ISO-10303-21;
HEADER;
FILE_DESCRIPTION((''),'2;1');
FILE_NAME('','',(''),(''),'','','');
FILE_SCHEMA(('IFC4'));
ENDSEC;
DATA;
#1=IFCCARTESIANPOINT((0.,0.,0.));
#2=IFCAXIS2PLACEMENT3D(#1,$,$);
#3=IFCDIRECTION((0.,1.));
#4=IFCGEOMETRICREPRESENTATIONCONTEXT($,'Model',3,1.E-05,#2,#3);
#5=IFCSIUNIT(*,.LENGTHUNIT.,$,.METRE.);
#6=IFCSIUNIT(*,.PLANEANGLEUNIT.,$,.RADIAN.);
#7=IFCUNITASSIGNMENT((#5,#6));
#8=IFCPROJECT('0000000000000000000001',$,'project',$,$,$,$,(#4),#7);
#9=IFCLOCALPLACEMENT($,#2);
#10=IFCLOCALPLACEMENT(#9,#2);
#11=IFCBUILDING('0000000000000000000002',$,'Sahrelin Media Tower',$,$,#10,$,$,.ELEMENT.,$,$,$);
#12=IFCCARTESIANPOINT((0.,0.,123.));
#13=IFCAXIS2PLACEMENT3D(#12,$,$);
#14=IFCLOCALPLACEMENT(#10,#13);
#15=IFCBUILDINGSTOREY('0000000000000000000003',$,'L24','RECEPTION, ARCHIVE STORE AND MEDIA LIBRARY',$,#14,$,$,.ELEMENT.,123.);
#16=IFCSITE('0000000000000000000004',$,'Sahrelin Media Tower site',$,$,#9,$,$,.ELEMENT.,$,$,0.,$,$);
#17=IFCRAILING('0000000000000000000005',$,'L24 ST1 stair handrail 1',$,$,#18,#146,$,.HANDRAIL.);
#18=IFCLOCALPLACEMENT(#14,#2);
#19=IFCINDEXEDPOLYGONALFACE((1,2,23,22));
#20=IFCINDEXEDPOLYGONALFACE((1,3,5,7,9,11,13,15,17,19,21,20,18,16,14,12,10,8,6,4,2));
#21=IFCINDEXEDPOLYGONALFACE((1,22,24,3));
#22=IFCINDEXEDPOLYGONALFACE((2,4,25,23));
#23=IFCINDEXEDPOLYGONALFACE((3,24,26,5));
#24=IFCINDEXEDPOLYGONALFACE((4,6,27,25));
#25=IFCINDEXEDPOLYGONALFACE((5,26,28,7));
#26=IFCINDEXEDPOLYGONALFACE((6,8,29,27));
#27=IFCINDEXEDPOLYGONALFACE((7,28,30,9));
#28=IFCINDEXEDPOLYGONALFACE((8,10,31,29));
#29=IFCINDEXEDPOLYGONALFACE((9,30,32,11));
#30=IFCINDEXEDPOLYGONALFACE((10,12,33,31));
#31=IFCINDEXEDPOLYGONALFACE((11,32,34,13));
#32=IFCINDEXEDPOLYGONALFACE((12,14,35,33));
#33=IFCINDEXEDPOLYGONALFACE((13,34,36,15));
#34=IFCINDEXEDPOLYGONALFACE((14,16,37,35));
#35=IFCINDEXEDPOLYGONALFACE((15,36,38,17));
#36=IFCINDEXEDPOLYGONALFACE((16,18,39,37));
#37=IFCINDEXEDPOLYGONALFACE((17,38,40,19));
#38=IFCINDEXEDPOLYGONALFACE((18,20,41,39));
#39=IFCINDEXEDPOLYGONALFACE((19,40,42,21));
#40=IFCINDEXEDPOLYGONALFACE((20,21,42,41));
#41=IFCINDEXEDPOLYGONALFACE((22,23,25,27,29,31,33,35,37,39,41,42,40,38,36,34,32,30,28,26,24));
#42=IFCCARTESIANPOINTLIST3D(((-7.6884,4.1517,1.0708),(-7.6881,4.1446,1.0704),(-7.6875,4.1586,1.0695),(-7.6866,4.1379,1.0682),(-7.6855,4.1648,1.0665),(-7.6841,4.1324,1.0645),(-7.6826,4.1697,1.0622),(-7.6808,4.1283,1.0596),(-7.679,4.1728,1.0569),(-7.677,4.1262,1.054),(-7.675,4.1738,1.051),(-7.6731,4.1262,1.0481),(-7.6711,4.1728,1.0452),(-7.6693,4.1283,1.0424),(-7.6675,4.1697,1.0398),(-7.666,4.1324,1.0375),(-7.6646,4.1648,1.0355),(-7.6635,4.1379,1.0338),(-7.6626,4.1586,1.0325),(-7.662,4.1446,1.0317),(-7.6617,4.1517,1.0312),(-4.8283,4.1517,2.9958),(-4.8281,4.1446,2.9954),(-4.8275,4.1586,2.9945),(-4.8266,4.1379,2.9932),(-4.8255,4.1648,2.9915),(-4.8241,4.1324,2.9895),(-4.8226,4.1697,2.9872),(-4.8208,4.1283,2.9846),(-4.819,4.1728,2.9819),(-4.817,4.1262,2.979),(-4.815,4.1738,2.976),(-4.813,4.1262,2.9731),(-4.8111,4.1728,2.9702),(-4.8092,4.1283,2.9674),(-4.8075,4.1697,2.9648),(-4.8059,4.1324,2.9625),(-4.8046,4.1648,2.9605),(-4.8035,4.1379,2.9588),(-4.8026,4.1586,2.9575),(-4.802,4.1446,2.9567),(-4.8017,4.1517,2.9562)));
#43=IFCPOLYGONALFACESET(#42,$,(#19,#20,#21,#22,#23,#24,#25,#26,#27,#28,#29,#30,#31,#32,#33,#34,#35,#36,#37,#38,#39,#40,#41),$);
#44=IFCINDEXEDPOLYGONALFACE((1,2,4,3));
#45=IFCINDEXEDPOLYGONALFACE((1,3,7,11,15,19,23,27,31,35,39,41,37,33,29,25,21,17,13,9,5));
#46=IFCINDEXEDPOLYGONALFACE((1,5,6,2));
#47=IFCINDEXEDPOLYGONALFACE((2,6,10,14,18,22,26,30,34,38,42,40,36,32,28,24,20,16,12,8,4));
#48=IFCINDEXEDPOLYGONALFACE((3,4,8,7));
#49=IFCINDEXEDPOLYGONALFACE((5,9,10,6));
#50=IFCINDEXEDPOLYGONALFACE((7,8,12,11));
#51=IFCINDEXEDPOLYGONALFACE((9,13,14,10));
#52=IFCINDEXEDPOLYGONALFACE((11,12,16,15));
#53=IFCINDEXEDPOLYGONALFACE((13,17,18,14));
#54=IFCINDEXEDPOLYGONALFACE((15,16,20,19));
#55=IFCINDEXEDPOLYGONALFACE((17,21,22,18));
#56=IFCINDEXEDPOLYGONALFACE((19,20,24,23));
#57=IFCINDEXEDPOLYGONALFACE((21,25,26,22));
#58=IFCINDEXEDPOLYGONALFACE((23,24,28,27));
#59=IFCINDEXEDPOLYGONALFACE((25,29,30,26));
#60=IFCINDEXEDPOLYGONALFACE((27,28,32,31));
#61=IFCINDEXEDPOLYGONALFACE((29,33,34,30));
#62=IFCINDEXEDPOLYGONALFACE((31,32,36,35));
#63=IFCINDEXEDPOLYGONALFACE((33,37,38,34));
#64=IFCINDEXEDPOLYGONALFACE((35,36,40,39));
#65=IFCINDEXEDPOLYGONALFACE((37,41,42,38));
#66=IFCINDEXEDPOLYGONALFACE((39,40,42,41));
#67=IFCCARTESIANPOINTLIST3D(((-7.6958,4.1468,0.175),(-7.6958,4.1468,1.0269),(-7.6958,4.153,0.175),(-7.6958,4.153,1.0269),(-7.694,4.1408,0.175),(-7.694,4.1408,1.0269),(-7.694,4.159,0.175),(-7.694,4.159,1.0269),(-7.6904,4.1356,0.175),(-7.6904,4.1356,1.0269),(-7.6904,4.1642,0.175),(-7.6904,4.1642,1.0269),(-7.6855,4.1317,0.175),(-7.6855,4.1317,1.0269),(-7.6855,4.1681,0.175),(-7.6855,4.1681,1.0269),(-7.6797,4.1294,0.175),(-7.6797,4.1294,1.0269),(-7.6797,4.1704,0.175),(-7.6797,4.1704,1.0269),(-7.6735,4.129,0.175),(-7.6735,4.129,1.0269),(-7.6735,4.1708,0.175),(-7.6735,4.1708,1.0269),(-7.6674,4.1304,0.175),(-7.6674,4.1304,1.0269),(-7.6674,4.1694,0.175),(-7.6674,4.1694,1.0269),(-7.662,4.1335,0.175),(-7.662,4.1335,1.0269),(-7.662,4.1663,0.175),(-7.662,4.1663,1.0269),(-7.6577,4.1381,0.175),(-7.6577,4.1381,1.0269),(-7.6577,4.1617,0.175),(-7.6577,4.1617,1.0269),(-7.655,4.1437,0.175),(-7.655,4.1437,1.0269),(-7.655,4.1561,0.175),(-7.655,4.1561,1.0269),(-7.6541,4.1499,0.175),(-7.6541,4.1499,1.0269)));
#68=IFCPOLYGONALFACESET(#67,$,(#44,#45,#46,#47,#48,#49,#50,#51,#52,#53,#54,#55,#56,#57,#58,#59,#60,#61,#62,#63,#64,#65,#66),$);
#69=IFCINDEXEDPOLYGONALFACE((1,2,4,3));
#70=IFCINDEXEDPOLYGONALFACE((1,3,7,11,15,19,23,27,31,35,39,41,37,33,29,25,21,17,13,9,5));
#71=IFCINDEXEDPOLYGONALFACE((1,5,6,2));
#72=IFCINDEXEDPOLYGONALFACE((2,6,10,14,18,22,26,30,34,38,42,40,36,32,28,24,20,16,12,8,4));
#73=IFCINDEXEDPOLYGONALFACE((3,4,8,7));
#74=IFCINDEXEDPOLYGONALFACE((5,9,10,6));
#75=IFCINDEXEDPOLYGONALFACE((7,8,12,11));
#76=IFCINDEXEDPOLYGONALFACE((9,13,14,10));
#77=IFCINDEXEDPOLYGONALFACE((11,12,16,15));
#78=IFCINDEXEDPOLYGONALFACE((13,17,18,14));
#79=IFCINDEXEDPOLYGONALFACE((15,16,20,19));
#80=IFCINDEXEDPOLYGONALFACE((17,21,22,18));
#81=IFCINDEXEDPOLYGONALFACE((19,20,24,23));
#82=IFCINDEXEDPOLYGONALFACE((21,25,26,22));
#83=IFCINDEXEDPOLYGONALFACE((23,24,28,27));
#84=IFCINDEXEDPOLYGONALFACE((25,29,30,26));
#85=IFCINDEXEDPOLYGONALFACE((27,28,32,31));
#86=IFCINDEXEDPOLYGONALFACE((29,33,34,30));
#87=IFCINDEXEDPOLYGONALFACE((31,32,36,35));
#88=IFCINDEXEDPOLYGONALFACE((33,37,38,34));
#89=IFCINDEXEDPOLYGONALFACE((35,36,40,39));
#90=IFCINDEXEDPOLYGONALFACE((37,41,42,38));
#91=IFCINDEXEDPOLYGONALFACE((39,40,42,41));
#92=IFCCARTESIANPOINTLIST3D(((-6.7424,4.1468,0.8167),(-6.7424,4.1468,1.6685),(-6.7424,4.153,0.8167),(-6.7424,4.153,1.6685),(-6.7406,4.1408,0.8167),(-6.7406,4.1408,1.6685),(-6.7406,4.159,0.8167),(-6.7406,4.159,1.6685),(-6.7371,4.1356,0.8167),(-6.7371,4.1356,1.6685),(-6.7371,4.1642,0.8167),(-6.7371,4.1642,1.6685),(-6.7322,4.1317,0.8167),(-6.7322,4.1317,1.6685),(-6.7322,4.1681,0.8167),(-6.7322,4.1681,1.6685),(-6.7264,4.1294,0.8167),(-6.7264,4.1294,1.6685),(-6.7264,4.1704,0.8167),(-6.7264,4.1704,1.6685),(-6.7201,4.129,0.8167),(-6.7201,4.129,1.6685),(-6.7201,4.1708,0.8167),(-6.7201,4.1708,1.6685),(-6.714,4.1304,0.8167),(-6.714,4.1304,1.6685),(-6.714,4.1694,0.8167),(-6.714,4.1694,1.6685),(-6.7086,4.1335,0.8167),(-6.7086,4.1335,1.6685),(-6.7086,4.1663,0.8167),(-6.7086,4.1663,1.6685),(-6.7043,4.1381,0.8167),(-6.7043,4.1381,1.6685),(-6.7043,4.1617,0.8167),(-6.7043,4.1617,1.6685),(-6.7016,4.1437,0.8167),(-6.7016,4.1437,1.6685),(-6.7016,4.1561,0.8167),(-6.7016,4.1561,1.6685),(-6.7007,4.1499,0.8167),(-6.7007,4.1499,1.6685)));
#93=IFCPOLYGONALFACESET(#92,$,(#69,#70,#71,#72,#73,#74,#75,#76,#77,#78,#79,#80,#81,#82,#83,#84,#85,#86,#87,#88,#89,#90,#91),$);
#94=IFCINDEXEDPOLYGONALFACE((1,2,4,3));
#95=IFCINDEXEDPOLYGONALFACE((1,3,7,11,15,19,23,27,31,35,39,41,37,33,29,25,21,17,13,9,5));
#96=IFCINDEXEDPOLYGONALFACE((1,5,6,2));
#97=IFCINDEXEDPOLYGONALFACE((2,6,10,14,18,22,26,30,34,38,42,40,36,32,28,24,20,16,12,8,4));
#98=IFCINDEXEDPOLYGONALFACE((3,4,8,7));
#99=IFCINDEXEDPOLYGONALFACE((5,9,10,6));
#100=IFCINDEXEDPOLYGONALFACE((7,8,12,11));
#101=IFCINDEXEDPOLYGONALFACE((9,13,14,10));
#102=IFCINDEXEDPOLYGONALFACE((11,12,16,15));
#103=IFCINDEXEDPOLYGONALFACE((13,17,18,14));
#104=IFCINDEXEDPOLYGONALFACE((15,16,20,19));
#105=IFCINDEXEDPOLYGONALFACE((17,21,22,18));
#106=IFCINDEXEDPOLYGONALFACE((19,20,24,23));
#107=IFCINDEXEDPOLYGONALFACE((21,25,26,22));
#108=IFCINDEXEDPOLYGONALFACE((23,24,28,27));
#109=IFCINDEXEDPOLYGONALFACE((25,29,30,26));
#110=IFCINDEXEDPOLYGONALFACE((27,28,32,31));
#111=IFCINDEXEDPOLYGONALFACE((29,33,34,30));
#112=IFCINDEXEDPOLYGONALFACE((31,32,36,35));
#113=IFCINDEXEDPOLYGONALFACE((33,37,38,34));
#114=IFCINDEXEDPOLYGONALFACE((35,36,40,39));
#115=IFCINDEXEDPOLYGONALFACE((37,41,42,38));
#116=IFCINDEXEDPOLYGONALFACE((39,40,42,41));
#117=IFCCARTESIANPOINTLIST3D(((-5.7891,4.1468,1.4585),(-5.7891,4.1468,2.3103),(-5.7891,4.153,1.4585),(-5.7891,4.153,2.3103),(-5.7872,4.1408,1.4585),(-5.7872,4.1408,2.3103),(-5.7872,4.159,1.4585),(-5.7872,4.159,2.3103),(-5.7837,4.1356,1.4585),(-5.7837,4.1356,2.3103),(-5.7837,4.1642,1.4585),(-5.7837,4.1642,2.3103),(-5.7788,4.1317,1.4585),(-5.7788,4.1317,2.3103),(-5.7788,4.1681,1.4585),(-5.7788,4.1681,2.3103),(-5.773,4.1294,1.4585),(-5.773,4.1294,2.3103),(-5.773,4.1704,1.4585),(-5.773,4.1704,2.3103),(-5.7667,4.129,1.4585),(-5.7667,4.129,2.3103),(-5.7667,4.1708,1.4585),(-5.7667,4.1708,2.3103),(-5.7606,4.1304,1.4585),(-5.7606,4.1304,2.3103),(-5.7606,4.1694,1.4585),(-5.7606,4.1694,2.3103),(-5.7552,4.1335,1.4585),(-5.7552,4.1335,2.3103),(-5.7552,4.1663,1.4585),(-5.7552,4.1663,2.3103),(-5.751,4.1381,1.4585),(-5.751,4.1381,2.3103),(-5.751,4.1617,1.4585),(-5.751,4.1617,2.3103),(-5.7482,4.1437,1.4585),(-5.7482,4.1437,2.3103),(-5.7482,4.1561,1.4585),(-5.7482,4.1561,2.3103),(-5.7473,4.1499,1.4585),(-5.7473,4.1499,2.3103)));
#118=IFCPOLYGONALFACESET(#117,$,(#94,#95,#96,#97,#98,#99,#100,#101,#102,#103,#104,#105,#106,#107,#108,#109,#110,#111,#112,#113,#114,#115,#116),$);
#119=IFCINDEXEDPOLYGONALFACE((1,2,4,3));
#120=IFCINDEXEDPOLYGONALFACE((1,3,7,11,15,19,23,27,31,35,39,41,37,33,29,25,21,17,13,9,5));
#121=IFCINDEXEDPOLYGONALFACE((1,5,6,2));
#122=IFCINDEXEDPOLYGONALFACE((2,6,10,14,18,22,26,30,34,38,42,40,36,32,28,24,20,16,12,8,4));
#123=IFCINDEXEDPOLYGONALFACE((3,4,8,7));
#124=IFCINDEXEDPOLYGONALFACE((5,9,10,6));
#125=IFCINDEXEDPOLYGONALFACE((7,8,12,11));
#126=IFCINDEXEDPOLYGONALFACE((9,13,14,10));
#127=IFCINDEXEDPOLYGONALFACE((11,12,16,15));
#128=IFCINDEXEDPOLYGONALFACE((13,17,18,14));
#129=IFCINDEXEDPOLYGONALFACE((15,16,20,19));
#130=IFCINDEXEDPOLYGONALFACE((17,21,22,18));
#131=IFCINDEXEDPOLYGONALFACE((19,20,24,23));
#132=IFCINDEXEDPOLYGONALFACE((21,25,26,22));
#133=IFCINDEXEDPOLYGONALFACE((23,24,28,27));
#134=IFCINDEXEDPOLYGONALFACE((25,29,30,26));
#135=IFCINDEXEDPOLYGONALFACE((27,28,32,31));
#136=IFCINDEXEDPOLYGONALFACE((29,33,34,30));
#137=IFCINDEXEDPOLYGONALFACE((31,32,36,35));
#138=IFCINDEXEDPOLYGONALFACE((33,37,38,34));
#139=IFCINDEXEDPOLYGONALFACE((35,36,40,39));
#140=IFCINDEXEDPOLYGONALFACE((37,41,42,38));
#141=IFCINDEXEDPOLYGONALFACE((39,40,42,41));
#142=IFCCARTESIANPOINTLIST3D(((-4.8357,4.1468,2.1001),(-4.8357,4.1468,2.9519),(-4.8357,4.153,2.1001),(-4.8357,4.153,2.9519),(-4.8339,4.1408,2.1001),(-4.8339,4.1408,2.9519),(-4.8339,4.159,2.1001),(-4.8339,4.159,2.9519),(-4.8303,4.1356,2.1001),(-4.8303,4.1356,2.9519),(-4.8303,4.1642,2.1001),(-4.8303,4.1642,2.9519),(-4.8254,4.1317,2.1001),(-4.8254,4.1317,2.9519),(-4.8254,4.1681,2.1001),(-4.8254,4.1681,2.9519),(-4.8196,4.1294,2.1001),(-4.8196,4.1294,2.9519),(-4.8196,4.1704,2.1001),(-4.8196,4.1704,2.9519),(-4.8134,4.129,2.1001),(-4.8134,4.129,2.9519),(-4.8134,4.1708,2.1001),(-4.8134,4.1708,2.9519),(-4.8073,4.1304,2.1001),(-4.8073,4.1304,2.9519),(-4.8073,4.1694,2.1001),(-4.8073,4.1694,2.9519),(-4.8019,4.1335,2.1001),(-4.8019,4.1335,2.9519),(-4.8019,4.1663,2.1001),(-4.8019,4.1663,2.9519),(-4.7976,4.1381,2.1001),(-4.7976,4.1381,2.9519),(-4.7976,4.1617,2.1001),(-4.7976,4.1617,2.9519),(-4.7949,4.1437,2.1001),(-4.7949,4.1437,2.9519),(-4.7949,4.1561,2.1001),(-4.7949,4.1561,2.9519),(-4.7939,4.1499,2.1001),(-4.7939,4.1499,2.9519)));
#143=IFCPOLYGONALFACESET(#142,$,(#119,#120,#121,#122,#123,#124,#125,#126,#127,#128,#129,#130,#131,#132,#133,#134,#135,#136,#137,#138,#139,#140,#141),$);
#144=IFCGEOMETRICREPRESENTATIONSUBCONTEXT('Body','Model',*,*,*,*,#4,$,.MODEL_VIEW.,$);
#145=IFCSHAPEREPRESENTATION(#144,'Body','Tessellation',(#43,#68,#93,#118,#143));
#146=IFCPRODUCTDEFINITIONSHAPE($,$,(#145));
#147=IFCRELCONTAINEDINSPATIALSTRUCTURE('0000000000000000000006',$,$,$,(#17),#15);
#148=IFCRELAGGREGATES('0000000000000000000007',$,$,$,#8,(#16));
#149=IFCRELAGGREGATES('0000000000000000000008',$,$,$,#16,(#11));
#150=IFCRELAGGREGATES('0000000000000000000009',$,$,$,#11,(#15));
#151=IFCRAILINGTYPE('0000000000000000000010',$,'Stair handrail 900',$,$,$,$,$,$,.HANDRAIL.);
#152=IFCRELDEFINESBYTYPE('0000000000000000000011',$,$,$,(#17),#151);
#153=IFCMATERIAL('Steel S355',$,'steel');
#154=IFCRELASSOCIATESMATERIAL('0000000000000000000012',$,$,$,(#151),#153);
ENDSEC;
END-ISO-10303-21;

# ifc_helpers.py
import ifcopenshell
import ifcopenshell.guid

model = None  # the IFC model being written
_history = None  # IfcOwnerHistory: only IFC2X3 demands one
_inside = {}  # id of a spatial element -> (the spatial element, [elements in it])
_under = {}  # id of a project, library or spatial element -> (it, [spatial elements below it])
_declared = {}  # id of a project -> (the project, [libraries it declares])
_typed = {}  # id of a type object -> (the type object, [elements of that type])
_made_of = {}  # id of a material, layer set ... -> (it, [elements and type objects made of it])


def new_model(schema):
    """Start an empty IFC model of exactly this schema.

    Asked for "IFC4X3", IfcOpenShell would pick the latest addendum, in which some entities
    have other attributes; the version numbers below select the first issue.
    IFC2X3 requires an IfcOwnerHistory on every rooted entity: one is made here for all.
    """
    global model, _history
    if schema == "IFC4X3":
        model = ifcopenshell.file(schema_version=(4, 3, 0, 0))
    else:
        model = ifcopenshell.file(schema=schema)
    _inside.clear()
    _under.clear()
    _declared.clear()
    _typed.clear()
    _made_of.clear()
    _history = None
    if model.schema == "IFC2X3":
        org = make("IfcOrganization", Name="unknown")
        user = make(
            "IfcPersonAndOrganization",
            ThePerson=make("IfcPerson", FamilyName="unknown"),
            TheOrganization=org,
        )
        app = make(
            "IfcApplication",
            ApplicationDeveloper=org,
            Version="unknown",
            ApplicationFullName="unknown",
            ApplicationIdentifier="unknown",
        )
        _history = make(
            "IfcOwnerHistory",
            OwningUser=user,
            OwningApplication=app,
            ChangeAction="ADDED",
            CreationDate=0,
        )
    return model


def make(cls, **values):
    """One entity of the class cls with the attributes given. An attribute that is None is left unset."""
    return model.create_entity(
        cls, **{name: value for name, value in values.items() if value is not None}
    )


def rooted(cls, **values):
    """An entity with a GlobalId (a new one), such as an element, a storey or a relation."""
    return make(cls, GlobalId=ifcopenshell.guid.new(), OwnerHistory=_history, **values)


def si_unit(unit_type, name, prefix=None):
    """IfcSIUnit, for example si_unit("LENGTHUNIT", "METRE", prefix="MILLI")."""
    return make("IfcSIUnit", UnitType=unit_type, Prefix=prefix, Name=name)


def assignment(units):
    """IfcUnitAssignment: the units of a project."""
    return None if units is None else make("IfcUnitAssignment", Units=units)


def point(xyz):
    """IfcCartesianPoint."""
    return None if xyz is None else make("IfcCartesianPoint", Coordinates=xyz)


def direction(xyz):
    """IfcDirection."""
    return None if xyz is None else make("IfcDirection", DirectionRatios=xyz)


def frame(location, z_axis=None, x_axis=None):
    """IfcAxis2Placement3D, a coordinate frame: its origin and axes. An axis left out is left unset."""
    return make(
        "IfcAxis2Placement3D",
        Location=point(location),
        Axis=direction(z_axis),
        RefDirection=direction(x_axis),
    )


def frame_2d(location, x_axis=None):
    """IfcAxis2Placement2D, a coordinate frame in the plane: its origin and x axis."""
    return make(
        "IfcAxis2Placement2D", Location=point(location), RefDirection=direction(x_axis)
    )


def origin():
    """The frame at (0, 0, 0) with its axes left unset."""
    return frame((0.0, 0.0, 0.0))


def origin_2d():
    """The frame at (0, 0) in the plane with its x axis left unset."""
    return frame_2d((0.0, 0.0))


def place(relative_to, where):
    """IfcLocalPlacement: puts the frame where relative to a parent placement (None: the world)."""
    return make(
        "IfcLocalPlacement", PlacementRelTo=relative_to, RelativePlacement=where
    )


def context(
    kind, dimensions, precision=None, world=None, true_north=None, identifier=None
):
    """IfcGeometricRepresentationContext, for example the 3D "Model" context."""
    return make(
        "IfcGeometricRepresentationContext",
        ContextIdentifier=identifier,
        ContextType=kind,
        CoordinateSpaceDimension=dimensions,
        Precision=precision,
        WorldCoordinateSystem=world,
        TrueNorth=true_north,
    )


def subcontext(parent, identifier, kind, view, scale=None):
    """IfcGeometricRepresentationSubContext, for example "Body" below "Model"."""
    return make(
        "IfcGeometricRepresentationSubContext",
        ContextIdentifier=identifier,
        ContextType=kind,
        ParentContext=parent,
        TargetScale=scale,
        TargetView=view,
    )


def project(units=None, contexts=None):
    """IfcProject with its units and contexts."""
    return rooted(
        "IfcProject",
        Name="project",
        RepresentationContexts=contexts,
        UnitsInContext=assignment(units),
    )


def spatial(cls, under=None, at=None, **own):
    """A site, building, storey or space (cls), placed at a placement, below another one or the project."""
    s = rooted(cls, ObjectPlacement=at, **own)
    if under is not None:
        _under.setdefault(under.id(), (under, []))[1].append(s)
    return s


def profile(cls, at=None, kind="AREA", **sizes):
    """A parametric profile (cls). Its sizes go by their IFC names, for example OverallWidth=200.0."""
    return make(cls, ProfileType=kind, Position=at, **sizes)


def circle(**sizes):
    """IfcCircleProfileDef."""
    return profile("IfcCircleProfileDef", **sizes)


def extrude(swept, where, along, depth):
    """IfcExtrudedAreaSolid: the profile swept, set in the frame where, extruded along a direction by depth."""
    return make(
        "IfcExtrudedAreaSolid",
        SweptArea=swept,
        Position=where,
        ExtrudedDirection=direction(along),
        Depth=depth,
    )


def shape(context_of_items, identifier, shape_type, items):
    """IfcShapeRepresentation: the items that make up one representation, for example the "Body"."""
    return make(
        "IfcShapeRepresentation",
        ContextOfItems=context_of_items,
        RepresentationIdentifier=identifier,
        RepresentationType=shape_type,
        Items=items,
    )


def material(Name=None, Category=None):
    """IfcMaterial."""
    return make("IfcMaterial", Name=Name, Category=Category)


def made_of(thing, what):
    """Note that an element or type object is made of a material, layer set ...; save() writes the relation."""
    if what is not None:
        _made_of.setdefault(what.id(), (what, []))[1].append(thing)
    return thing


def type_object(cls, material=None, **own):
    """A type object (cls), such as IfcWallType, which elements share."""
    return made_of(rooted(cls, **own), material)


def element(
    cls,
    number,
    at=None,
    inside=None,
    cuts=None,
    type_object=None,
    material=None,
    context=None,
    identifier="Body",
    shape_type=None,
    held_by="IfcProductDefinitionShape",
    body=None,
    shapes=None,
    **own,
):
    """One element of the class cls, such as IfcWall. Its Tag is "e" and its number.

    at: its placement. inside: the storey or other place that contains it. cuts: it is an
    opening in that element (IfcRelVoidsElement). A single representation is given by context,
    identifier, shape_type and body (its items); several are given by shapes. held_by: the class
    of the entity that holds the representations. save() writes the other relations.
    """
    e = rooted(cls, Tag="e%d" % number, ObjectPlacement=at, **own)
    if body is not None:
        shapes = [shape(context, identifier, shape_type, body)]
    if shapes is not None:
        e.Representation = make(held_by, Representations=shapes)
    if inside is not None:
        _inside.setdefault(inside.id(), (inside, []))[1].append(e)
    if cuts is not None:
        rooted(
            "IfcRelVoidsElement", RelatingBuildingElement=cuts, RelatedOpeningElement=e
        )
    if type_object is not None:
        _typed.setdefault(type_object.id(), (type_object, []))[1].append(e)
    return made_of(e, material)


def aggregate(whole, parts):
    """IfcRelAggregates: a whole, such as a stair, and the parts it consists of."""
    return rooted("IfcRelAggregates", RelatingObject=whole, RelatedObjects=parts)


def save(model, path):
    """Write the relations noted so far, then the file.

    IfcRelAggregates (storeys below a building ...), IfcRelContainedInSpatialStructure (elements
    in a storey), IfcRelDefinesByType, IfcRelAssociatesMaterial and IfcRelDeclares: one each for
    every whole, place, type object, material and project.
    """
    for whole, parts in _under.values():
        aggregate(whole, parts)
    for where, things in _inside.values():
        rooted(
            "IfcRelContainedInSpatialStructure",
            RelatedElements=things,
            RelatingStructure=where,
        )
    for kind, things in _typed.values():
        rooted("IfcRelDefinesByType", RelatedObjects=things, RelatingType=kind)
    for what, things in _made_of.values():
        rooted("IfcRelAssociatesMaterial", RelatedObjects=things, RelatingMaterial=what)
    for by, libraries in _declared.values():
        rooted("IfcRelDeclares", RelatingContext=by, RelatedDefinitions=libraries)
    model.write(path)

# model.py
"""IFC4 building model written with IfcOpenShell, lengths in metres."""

from ifc_helpers import new_model, si_unit, direction, frame, origin, origin_2d, place, context, subcontext, project, spatial, circle, extrude, material, type_object, element, save


model = new_model("IFC4")

# Units and contexts
model_context = context("Model", 3, precision=1e-05, world=origin(), true_north=direction((0.0, 1.0)))
body_context = subcontext(model_context, "Body", "Model", "MODEL_VIEW")
ifc_project = project(units=[si_unit("LENGTHUNIT", "METRE"), si_unit("PLANEANGLEUNIT", "RADIAN")], contexts=[model_context])

# Site, building, storey
site_placement = place(None, origin())
site = spatial("IfcSite", under=ifc_project, at=site_placement, Name="Sahrelin Media Tower site", CompositionType="ELEMENT", RefElevation=0.0)
building_placement = place(site_placement, origin())
building = spatial("IfcBuilding", under=site, at=building_placement, Name="Sahrelin Media Tower", CompositionType="ELEMENT")
storey_placement = place(building_placement, frame((0.0, 0.0, 123.0)))
storey = spatial("IfcBuildingStorey", under=building, at=storey_placement, Name="L24", Description="RECEPTION, ARCHIVE STORE AND MEDIA LIBRARY", CompositionType="ELEMENT", Elevation=123.0)

# Shared definitions
ifc_material_1 = material(Name="Steel S355", Category="steel")

# Railing
railing_type_1 = type_object("IfcRailingType", Name="Stair handrail 900", PredefinedType="HANDRAIL", material=ifc_material_1)
railing_1_placement = place(storey_placement, frame((-7.675, 4.1499, 0.175)))
element("IfcRailing", 1, at=railing_1_placement, inside=storey, type_object=railing_type_1, Name="L24 ST1 stair handrail 1", PredefinedType="HANDRAIL", context=body_context, shape_type="SweptSolid", body=[
    extrude(circle(Radius=0.0239, at=origin_2d()), frame((0.0, 0.0, 0.876), z_axis=(0.829591, 0.0, 0.558372), x_axis=(0.0, 1.0, 0.0)), (0.0, 0.0, 1.0), 3.4475),
    extrude(circle(Radius=0.021, at=origin_2d()), origin(), (0.0, 0.0, 1.0), 0.8518),
    extrude(circle(Radius=0.021, at=origin_2d()), frame((0.9534, 0.0, 0.6416)), (0.0, 0.0, 1.0), 0.8518),
    extrude(circle(Radius=0.021, at=origin_2d()), frame((1.9067, 0.0, 1.2834)), (0.0, 0.0, 1.0), 0.8518),
    extrude(circle(Radius=0.021, at=origin_2d()), frame((2.8601, 0.0, 1.925)), (0.0, 0.0, 1.0), 0.8518),
])

save(model, "model.ifc")
